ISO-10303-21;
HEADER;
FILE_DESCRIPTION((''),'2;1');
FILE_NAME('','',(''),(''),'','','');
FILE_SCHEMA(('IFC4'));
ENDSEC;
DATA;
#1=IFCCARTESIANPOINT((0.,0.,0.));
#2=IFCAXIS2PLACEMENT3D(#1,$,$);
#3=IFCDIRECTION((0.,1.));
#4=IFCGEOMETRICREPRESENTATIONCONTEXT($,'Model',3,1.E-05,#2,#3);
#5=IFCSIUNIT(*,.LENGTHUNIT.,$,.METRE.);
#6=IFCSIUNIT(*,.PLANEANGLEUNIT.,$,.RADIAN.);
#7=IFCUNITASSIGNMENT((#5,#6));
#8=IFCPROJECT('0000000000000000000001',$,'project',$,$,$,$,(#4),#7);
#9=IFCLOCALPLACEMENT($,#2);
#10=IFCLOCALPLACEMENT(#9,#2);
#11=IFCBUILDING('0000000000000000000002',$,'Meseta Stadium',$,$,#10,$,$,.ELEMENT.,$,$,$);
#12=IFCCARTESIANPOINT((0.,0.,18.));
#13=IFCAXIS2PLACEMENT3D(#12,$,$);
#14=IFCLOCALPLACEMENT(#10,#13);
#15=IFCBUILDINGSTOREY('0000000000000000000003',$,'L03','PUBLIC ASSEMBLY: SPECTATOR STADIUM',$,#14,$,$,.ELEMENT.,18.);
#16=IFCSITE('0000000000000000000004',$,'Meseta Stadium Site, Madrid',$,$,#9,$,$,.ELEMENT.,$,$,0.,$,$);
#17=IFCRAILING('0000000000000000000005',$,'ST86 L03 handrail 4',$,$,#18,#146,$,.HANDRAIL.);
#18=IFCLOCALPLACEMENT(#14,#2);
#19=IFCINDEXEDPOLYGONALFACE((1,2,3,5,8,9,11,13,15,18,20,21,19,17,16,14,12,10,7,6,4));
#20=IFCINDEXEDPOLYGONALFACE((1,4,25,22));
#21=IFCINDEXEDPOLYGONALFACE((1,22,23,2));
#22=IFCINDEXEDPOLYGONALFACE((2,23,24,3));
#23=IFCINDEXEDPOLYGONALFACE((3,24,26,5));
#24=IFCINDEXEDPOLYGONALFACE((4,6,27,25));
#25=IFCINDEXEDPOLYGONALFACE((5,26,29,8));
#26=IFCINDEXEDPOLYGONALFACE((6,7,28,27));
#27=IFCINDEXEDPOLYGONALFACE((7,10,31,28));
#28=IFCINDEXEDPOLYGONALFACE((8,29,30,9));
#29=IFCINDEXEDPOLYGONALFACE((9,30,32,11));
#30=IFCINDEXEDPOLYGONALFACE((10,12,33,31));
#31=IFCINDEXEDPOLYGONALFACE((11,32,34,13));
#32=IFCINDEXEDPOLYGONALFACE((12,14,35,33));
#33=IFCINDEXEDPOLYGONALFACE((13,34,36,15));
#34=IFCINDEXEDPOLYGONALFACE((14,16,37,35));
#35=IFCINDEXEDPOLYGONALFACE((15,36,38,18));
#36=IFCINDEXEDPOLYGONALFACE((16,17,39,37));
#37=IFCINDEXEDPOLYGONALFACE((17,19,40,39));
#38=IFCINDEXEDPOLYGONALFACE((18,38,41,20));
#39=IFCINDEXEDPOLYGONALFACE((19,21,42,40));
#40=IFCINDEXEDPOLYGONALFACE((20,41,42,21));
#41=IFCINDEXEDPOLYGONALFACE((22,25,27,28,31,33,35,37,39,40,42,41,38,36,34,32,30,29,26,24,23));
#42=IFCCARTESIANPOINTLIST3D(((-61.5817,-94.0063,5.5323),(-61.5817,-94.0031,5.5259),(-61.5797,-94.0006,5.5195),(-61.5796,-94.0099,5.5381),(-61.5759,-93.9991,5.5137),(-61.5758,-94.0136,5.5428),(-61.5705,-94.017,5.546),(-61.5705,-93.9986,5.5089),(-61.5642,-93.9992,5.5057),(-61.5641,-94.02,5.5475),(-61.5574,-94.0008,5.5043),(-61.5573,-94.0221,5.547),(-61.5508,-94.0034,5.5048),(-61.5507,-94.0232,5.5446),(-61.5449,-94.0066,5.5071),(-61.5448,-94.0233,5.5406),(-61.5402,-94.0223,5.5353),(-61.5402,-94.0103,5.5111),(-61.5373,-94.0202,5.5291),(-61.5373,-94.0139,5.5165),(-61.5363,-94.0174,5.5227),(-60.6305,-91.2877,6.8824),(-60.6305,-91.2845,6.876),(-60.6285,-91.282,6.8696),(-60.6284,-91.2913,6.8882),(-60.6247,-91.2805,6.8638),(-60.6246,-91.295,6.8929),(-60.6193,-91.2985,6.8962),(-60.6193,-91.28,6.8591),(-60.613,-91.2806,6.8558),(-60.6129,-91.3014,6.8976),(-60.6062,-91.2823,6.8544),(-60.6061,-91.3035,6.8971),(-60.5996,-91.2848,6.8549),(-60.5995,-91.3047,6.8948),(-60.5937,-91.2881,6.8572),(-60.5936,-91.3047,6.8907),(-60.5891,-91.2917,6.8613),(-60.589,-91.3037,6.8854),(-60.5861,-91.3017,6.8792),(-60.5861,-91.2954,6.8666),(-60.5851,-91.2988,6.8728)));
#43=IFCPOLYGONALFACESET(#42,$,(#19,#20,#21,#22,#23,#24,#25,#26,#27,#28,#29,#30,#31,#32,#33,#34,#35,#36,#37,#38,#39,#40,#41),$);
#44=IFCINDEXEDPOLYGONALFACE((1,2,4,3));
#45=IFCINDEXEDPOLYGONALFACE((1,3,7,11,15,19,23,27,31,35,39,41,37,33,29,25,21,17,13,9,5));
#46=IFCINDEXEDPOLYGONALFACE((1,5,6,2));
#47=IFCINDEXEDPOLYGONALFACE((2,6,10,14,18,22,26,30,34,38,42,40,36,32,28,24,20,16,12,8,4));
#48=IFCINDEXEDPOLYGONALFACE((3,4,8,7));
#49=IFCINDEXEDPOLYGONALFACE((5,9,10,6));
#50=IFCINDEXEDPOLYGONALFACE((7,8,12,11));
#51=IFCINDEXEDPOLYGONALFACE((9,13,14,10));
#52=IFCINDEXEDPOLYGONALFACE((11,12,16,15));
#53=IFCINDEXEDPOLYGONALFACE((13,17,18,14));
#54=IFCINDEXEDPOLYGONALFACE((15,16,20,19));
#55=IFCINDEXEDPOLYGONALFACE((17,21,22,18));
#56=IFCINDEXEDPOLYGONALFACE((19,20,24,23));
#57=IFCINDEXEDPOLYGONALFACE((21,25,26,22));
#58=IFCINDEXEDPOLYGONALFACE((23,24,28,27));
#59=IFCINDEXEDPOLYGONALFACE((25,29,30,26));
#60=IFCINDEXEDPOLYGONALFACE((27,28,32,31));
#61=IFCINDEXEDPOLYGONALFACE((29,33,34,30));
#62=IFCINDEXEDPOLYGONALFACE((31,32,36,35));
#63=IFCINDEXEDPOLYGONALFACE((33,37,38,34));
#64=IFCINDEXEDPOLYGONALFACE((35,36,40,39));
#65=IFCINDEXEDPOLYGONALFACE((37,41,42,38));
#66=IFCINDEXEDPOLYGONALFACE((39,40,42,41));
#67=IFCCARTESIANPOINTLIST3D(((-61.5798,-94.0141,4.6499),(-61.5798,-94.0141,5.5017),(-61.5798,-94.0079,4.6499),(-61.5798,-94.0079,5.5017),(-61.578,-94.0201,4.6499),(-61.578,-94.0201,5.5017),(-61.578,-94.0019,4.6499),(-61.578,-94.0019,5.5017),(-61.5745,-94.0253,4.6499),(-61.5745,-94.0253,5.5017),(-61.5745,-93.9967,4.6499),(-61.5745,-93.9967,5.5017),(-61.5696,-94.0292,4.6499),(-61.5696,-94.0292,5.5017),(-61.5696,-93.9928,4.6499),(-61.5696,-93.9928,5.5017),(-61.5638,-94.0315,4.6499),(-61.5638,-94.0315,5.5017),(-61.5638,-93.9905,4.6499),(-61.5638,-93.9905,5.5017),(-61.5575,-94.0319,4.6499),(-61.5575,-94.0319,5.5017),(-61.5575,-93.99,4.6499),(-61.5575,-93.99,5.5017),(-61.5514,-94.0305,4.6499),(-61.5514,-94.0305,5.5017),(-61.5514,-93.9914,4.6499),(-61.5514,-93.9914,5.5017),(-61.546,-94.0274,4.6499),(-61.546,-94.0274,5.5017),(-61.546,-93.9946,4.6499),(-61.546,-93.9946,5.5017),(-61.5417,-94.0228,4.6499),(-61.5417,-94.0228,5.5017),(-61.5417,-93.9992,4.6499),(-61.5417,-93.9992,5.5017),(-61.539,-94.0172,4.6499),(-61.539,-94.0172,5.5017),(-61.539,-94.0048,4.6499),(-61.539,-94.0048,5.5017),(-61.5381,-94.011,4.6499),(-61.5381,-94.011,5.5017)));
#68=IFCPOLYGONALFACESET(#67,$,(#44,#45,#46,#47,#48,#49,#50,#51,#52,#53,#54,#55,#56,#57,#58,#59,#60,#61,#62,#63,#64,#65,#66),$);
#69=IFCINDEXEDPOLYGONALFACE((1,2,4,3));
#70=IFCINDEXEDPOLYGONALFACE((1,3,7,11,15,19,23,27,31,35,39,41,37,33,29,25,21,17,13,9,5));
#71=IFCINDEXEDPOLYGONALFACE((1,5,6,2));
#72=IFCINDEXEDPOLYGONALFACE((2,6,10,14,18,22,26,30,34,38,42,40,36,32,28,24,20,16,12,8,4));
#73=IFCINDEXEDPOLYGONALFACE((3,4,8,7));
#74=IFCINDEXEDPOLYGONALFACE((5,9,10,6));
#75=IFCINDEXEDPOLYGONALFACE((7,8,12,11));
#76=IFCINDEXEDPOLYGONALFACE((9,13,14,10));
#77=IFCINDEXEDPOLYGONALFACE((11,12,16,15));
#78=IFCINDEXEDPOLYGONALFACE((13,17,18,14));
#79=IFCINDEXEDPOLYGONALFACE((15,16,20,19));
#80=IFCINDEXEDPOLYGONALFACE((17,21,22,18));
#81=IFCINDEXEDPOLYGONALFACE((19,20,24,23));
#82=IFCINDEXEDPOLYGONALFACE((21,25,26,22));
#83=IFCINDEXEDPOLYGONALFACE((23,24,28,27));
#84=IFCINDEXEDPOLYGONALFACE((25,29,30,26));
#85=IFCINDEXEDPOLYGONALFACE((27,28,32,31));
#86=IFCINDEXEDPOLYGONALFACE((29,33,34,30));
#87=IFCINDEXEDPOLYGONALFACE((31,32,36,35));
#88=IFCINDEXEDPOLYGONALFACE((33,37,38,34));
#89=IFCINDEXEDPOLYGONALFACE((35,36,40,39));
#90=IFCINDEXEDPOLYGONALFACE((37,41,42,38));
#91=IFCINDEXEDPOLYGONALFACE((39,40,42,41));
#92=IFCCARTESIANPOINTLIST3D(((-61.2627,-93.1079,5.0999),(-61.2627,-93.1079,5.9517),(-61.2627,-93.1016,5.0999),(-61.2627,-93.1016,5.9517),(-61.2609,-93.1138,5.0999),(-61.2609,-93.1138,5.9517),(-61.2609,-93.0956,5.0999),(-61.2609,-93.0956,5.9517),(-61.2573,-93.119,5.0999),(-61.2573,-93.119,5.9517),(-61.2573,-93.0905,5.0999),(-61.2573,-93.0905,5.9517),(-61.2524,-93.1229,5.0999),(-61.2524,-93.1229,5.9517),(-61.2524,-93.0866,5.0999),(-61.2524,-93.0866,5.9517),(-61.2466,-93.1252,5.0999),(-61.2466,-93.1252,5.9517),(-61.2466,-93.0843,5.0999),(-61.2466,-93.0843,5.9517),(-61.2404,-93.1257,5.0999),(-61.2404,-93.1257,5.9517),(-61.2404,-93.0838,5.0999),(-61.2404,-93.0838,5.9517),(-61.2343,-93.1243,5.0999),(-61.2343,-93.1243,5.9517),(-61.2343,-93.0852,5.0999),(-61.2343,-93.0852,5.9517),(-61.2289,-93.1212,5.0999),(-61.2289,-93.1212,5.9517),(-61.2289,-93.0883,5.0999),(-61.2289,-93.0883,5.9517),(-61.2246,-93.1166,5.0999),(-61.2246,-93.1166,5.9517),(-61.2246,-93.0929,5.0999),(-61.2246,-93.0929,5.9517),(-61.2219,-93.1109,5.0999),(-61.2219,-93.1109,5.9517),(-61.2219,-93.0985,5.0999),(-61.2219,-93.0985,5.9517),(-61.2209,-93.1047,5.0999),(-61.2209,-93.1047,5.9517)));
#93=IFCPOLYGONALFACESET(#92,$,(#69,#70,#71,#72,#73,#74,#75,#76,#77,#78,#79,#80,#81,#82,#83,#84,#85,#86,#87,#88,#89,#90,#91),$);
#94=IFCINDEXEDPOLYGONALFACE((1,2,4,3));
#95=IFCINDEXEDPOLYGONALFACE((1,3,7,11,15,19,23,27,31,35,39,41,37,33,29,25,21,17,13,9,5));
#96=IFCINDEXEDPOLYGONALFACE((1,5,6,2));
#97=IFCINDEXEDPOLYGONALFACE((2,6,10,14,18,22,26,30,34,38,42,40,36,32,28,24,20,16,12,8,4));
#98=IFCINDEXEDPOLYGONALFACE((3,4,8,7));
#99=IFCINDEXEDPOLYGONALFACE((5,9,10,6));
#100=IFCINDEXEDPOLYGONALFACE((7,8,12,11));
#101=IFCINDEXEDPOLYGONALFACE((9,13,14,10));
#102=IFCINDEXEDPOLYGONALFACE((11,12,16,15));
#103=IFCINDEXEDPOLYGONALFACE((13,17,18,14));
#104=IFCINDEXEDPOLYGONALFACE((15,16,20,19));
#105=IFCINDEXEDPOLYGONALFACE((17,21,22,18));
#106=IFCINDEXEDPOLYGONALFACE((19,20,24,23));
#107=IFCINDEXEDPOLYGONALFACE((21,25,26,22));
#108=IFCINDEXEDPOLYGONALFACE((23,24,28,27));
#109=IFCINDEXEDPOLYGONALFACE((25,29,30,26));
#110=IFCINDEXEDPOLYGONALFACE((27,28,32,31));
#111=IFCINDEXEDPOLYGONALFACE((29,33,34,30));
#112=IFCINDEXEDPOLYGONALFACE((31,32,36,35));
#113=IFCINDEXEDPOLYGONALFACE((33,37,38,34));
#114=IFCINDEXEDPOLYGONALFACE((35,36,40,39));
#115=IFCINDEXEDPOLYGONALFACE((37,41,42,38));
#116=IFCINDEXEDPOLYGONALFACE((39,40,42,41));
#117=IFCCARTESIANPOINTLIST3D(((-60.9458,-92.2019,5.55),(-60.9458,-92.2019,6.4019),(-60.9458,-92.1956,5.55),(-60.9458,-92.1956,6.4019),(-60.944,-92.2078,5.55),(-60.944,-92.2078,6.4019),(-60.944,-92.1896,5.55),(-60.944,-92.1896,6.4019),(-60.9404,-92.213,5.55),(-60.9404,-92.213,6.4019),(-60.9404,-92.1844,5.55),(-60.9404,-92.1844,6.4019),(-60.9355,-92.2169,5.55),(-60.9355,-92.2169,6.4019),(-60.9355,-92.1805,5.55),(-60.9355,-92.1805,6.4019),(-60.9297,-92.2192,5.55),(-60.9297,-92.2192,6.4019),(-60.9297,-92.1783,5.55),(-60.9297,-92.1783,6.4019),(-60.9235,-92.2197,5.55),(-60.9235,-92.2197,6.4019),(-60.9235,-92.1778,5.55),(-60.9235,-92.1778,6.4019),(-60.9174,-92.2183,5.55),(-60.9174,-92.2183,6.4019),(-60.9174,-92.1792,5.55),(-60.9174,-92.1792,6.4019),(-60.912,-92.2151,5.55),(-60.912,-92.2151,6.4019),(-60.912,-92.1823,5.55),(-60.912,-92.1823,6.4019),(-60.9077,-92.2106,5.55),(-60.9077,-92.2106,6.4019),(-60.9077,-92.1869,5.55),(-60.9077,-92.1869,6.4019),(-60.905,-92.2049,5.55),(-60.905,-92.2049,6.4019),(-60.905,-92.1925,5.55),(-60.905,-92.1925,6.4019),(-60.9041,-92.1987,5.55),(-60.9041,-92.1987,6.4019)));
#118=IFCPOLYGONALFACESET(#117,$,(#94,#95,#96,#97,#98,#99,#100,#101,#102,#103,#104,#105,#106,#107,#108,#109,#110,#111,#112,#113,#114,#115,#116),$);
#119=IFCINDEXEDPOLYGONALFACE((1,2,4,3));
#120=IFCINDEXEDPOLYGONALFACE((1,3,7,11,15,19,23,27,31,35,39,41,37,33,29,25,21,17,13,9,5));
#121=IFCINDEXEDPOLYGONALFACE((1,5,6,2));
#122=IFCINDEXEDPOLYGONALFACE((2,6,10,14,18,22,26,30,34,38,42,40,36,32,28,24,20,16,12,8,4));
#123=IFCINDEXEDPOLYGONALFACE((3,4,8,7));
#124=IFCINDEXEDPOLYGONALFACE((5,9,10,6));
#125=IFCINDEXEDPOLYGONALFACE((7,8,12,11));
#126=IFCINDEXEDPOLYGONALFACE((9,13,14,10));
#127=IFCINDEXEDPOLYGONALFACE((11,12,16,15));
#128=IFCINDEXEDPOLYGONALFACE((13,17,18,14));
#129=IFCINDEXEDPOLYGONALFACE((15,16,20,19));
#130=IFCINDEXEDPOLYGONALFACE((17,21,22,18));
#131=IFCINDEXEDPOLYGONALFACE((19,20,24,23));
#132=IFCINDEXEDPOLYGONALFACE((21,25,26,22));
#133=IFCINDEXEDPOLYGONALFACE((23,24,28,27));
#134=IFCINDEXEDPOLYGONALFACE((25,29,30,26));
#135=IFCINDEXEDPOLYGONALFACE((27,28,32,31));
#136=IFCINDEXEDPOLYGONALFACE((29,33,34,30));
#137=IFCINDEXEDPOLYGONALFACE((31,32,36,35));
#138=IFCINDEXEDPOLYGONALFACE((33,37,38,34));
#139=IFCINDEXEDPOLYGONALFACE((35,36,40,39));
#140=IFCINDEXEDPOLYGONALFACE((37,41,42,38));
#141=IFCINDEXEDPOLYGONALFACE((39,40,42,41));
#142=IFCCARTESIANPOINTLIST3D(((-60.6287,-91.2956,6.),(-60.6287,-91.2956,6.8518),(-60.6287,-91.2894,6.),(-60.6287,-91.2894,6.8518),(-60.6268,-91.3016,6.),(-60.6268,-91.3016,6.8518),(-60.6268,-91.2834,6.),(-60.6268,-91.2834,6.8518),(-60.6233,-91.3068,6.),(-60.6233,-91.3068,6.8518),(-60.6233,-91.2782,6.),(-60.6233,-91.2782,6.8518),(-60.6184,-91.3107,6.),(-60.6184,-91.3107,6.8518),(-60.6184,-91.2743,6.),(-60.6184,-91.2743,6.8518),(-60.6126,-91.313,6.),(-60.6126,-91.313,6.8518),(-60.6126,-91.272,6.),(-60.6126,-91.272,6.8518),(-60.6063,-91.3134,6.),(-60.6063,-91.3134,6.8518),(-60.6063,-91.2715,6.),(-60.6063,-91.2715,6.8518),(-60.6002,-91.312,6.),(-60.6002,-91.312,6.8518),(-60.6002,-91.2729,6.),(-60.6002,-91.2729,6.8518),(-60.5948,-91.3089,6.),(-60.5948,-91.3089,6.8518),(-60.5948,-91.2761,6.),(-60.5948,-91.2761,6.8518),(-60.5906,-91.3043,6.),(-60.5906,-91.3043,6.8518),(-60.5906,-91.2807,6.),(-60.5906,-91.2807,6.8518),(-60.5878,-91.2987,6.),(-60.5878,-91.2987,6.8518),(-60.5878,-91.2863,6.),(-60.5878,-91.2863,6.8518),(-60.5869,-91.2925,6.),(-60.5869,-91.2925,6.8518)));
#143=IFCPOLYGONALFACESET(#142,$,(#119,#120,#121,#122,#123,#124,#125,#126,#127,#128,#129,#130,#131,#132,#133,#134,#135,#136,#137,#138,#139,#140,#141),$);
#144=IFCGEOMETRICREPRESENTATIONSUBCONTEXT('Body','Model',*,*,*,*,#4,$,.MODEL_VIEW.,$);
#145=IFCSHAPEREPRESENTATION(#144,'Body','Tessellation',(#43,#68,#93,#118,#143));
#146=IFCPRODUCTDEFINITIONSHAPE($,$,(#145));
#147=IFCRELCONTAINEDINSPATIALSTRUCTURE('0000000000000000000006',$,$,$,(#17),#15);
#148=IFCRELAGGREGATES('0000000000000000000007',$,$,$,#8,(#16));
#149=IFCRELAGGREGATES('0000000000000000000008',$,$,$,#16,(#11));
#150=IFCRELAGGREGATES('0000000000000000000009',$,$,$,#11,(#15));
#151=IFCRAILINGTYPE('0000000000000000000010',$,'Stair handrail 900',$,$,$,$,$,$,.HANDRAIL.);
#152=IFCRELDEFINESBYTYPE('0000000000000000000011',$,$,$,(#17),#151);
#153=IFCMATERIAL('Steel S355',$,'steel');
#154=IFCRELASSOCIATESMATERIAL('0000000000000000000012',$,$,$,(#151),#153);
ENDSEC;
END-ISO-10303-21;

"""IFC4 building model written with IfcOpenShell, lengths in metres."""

from ifc_helpers import new_model, si_unit, direction, frame, origin, origin_2d, place, context, subcontext, project, spatial, circle, extrude, material, type_object, element, save


model = new_model("IFC4")

# Units and contexts
model_context = context("Model", 3, precision=1e-05, world=origin(), true_north=direction((0.0, 1.0)))
body_context = subcontext(model_context, "Body", "Model", "MODEL_VIEW")
ifc_project = project(units=[si_unit("LENGTHUNIT", "METRE"), si_unit("PLANEANGLEUNIT", "RADIAN")], contexts=[model_context])

# Site, building, storey
site_placement = place(None, origin())
site = spatial("IfcSite", under=ifc_project, at=site_placement, Name="Meseta Stadium Site, Madrid", CompositionType="ELEMENT", RefElevation=0.0)
building_placement = place(site_placement, origin())
building = spatial("IfcBuilding", under=site, at=building_placement, Name="Meseta Stadium", CompositionType="ELEMENT")
storey_placement = place(building_placement, frame((0.0, 0.0, 18.0)))
storey = spatial("IfcBuildingStorey", under=building, at=storey_placement, Name="L03", Description="PUBLIC ASSEMBLY: SPECTATOR STADIUM", CompositionType="ELEMENT", Elevation=18.0)

# Railing
ifc_material_1 = material(Name="Steel S355", Category="steel")
railing_type_1 = type_object("IfcRailingType", Name="Stair handrail 900", PredefinedType="HANDRAIL", material=ifc_material_1)
for number, where, name in (
    (1, (-61.5591, -94.011, 4.6499), "ST86 L03 handrail 4"),
):
    element("IfcRailing", number, at=place(storey_placement, frame(where)), inside=storey, type_object=railing_type_1, Name=name, PredefinedType="HANDRAIL", context=body_context, shape_type="SweptSolid", body=[
        extrude(circle(Radius=0.0239, at=origin_2d()), frame((0.0, 0.0, 0.876), z_axis=(0.299031, 0.854649, 0.424446), x_axis=(-0.943891, 0.330256, 0.0)), (0.0, 0.0, 1.0), 3.1809),
        extrude(circle(Radius=0.021, at=origin_2d()), origin(), (0.0, 0.0, 1.0), 0.8518),
        extrude(circle(Radius=0.021, at=origin_2d()), frame((0.3171, 0.9062, 0.45)), (0.0, 0.0, 1.0), 0.8518),
        extrude(circle(Radius=0.021, at=origin_2d()), frame((0.634, 1.8123, 0.9001)), (0.0, 0.0, 1.0), 0.8518),
        extrude(circle(Radius=0.021, at=origin_2d()), frame((0.9512, 2.7185, 1.3501)), (0.0, 0.0, 1.0), 0.8518),
    ])

save(model, "model.ifc")
